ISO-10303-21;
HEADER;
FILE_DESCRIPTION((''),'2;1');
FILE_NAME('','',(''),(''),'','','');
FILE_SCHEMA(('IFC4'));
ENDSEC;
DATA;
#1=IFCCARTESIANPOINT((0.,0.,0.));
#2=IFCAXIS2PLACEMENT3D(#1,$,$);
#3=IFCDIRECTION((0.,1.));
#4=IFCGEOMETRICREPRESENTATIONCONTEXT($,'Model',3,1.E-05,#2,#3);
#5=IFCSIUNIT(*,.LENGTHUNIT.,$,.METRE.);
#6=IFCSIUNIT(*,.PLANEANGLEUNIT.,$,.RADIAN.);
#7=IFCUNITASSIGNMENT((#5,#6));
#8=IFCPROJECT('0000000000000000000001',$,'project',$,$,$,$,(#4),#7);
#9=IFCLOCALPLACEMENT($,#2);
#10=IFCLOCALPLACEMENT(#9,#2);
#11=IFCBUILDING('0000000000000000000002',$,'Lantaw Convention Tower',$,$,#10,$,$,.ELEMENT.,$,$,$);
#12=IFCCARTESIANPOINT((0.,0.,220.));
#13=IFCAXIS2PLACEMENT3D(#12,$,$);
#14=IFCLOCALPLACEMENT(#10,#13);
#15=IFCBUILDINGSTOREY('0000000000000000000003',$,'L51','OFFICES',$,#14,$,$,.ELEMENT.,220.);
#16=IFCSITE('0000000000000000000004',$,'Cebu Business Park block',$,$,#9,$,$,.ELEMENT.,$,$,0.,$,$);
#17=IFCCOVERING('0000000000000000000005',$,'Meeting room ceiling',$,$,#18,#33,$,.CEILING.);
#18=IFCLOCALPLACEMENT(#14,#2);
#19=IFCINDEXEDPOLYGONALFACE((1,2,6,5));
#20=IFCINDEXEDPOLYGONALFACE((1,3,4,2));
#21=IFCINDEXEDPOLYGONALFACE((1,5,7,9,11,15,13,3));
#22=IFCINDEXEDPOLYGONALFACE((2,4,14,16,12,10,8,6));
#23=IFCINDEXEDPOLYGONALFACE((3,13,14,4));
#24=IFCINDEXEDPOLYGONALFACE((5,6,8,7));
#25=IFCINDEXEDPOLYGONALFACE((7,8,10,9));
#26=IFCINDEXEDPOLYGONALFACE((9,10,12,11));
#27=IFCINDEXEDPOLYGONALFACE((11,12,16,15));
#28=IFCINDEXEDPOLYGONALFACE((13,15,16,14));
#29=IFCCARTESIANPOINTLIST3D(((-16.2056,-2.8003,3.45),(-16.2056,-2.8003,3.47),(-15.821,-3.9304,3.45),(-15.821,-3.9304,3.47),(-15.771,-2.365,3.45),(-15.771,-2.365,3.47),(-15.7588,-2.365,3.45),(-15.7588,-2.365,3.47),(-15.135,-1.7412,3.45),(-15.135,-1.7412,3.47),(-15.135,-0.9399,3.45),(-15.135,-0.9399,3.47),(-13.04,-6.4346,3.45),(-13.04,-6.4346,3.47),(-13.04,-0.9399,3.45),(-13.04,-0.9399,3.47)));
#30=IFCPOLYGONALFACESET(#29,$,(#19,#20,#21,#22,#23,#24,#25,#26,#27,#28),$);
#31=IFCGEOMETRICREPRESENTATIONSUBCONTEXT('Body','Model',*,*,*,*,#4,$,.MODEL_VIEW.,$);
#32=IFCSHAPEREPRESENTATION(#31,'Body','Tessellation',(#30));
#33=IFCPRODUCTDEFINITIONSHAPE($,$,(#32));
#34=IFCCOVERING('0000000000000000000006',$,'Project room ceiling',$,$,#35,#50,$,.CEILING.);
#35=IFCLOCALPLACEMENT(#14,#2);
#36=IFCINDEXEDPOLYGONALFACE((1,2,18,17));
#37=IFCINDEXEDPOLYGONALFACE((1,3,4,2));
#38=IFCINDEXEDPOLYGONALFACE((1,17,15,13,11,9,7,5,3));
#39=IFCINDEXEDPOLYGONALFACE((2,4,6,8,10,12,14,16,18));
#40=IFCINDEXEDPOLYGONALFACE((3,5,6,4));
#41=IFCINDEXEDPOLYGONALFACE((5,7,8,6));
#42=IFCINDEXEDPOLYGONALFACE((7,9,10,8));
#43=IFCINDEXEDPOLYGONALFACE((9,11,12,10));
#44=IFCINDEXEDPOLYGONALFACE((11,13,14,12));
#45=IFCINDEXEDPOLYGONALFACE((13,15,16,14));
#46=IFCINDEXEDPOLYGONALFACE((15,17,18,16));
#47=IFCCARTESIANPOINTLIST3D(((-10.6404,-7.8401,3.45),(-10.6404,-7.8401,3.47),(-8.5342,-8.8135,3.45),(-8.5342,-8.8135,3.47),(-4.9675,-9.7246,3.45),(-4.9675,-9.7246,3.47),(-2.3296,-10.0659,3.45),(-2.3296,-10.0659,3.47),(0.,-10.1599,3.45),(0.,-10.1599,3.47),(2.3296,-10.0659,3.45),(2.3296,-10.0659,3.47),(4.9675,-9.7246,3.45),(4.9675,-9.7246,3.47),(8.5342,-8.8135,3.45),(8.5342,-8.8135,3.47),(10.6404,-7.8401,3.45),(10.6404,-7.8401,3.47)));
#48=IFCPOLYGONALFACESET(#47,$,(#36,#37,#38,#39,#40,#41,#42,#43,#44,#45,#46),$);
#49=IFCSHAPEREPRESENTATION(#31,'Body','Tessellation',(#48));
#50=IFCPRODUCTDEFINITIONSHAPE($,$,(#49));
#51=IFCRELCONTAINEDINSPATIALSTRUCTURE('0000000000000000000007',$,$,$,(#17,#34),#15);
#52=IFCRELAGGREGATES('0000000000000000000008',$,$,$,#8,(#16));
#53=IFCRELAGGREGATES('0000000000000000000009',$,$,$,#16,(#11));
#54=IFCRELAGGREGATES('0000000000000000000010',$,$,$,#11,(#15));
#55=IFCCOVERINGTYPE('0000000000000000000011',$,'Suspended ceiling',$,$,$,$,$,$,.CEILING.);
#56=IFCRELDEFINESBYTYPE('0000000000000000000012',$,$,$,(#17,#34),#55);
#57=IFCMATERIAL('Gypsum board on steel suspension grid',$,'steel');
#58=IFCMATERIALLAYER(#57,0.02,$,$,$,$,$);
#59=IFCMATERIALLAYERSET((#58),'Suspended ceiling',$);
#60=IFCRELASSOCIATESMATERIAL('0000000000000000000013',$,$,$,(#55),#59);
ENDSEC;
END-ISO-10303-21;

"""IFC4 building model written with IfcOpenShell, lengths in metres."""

from ifc_helpers import new_model, si_unit, direction, frame, origin, place, context, subcontext, project, spatial, polyline, outline, extrude, material, layer, layer_set, type_object, element, save


model = new_model("IFC4")

# Units and contexts
model_context = context("Model", 3, precision=1e-05, world=origin(), true_north=direction((0.0, 1.0)))
body_context = subcontext(model_context, "Body", "Model", "MODEL_VIEW")
ifc_project = project(units=[si_unit("LENGTHUNIT", "METRE"), si_unit("PLANEANGLEUNIT", "RADIAN")], contexts=[model_context])

# Site, building, storey
site_placement = place(None, origin())
site = spatial("IfcSite", under=ifc_project, at=site_placement, Name="Cebu Business Park block", CompositionType="ELEMENT", RefElevation=0.0)
building_placement = place(site_placement, origin())
building = spatial("IfcBuilding", under=site, at=building_placement, Name="Lantaw Convention Tower", CompositionType="ELEMENT")
storey_placement = place(building_placement, frame((0.0, 0.0, 220.0)))
storey = spatial("IfcBuildingStorey", under=building, at=storey_placement, Name="L51", Description="OFFICES", CompositionType="ELEMENT", Elevation=220.0)

# Coverings
ifc_material_1 = material(Name="Gypsum board on steel suspension grid", Category="steel")
ifc_layer_1 = layer(ifc_material_1, 0.02)
ifc_layer_set_1 = layer_set([ifc_layer_1], Name="Suspended ceiling")
covering_type = type_object("IfcCoveringType", Name="Suspended ceiling", PredefinedType="CEILING", material=ifc_layer_set_1)
covering_1_placement = place(storey_placement, frame((0.0, 0.0, 3.45)))
element("IfcCovering", 1, at=covering_1_placement, inside=storey, type_object=covering_type, Name="Meeting room ceiling", PredefinedType="CEILING", context=body_context, shape_type="SweptSolid", body=[
    extrude(outline(polyline([(-16.2056, -2.8003), (-15.821, -3.9304), (-13.04, -6.4346), (-13.04, -0.9399), (-15.135, -0.9399), (-15.135, -1.7412), (-15.7588, -2.365), (-15.771, -2.365), (-16.2056, -2.8003)])), origin(), (0.0, 0.0, 1.0), 0.02),
])
covering_2_placement = place(storey_placement, frame((0.0, 0.0, 3.45)))
element("IfcCovering", 2, at=covering_2_placement, inside=storey, type_object=covering_type, Name="Project room ceiling", PredefinedType="CEILING", context=body_context, shape_type="SweptSolid", body=[
    extrude(outline(polyline([(10.6404, -7.8401), (-10.6404, -7.8401), (-8.5342, -8.8135), (-4.9675, -9.7246), (-2.3296, -10.0659), (0.0, -10.1599), (2.3296, -10.0659), (4.9675, -9.7246), (8.5342, -8.8135), (10.6404, -7.8401)])), origin(), (0.0, 0.0, 1.0), 0.02),
])

save(model, "model.ifc")
